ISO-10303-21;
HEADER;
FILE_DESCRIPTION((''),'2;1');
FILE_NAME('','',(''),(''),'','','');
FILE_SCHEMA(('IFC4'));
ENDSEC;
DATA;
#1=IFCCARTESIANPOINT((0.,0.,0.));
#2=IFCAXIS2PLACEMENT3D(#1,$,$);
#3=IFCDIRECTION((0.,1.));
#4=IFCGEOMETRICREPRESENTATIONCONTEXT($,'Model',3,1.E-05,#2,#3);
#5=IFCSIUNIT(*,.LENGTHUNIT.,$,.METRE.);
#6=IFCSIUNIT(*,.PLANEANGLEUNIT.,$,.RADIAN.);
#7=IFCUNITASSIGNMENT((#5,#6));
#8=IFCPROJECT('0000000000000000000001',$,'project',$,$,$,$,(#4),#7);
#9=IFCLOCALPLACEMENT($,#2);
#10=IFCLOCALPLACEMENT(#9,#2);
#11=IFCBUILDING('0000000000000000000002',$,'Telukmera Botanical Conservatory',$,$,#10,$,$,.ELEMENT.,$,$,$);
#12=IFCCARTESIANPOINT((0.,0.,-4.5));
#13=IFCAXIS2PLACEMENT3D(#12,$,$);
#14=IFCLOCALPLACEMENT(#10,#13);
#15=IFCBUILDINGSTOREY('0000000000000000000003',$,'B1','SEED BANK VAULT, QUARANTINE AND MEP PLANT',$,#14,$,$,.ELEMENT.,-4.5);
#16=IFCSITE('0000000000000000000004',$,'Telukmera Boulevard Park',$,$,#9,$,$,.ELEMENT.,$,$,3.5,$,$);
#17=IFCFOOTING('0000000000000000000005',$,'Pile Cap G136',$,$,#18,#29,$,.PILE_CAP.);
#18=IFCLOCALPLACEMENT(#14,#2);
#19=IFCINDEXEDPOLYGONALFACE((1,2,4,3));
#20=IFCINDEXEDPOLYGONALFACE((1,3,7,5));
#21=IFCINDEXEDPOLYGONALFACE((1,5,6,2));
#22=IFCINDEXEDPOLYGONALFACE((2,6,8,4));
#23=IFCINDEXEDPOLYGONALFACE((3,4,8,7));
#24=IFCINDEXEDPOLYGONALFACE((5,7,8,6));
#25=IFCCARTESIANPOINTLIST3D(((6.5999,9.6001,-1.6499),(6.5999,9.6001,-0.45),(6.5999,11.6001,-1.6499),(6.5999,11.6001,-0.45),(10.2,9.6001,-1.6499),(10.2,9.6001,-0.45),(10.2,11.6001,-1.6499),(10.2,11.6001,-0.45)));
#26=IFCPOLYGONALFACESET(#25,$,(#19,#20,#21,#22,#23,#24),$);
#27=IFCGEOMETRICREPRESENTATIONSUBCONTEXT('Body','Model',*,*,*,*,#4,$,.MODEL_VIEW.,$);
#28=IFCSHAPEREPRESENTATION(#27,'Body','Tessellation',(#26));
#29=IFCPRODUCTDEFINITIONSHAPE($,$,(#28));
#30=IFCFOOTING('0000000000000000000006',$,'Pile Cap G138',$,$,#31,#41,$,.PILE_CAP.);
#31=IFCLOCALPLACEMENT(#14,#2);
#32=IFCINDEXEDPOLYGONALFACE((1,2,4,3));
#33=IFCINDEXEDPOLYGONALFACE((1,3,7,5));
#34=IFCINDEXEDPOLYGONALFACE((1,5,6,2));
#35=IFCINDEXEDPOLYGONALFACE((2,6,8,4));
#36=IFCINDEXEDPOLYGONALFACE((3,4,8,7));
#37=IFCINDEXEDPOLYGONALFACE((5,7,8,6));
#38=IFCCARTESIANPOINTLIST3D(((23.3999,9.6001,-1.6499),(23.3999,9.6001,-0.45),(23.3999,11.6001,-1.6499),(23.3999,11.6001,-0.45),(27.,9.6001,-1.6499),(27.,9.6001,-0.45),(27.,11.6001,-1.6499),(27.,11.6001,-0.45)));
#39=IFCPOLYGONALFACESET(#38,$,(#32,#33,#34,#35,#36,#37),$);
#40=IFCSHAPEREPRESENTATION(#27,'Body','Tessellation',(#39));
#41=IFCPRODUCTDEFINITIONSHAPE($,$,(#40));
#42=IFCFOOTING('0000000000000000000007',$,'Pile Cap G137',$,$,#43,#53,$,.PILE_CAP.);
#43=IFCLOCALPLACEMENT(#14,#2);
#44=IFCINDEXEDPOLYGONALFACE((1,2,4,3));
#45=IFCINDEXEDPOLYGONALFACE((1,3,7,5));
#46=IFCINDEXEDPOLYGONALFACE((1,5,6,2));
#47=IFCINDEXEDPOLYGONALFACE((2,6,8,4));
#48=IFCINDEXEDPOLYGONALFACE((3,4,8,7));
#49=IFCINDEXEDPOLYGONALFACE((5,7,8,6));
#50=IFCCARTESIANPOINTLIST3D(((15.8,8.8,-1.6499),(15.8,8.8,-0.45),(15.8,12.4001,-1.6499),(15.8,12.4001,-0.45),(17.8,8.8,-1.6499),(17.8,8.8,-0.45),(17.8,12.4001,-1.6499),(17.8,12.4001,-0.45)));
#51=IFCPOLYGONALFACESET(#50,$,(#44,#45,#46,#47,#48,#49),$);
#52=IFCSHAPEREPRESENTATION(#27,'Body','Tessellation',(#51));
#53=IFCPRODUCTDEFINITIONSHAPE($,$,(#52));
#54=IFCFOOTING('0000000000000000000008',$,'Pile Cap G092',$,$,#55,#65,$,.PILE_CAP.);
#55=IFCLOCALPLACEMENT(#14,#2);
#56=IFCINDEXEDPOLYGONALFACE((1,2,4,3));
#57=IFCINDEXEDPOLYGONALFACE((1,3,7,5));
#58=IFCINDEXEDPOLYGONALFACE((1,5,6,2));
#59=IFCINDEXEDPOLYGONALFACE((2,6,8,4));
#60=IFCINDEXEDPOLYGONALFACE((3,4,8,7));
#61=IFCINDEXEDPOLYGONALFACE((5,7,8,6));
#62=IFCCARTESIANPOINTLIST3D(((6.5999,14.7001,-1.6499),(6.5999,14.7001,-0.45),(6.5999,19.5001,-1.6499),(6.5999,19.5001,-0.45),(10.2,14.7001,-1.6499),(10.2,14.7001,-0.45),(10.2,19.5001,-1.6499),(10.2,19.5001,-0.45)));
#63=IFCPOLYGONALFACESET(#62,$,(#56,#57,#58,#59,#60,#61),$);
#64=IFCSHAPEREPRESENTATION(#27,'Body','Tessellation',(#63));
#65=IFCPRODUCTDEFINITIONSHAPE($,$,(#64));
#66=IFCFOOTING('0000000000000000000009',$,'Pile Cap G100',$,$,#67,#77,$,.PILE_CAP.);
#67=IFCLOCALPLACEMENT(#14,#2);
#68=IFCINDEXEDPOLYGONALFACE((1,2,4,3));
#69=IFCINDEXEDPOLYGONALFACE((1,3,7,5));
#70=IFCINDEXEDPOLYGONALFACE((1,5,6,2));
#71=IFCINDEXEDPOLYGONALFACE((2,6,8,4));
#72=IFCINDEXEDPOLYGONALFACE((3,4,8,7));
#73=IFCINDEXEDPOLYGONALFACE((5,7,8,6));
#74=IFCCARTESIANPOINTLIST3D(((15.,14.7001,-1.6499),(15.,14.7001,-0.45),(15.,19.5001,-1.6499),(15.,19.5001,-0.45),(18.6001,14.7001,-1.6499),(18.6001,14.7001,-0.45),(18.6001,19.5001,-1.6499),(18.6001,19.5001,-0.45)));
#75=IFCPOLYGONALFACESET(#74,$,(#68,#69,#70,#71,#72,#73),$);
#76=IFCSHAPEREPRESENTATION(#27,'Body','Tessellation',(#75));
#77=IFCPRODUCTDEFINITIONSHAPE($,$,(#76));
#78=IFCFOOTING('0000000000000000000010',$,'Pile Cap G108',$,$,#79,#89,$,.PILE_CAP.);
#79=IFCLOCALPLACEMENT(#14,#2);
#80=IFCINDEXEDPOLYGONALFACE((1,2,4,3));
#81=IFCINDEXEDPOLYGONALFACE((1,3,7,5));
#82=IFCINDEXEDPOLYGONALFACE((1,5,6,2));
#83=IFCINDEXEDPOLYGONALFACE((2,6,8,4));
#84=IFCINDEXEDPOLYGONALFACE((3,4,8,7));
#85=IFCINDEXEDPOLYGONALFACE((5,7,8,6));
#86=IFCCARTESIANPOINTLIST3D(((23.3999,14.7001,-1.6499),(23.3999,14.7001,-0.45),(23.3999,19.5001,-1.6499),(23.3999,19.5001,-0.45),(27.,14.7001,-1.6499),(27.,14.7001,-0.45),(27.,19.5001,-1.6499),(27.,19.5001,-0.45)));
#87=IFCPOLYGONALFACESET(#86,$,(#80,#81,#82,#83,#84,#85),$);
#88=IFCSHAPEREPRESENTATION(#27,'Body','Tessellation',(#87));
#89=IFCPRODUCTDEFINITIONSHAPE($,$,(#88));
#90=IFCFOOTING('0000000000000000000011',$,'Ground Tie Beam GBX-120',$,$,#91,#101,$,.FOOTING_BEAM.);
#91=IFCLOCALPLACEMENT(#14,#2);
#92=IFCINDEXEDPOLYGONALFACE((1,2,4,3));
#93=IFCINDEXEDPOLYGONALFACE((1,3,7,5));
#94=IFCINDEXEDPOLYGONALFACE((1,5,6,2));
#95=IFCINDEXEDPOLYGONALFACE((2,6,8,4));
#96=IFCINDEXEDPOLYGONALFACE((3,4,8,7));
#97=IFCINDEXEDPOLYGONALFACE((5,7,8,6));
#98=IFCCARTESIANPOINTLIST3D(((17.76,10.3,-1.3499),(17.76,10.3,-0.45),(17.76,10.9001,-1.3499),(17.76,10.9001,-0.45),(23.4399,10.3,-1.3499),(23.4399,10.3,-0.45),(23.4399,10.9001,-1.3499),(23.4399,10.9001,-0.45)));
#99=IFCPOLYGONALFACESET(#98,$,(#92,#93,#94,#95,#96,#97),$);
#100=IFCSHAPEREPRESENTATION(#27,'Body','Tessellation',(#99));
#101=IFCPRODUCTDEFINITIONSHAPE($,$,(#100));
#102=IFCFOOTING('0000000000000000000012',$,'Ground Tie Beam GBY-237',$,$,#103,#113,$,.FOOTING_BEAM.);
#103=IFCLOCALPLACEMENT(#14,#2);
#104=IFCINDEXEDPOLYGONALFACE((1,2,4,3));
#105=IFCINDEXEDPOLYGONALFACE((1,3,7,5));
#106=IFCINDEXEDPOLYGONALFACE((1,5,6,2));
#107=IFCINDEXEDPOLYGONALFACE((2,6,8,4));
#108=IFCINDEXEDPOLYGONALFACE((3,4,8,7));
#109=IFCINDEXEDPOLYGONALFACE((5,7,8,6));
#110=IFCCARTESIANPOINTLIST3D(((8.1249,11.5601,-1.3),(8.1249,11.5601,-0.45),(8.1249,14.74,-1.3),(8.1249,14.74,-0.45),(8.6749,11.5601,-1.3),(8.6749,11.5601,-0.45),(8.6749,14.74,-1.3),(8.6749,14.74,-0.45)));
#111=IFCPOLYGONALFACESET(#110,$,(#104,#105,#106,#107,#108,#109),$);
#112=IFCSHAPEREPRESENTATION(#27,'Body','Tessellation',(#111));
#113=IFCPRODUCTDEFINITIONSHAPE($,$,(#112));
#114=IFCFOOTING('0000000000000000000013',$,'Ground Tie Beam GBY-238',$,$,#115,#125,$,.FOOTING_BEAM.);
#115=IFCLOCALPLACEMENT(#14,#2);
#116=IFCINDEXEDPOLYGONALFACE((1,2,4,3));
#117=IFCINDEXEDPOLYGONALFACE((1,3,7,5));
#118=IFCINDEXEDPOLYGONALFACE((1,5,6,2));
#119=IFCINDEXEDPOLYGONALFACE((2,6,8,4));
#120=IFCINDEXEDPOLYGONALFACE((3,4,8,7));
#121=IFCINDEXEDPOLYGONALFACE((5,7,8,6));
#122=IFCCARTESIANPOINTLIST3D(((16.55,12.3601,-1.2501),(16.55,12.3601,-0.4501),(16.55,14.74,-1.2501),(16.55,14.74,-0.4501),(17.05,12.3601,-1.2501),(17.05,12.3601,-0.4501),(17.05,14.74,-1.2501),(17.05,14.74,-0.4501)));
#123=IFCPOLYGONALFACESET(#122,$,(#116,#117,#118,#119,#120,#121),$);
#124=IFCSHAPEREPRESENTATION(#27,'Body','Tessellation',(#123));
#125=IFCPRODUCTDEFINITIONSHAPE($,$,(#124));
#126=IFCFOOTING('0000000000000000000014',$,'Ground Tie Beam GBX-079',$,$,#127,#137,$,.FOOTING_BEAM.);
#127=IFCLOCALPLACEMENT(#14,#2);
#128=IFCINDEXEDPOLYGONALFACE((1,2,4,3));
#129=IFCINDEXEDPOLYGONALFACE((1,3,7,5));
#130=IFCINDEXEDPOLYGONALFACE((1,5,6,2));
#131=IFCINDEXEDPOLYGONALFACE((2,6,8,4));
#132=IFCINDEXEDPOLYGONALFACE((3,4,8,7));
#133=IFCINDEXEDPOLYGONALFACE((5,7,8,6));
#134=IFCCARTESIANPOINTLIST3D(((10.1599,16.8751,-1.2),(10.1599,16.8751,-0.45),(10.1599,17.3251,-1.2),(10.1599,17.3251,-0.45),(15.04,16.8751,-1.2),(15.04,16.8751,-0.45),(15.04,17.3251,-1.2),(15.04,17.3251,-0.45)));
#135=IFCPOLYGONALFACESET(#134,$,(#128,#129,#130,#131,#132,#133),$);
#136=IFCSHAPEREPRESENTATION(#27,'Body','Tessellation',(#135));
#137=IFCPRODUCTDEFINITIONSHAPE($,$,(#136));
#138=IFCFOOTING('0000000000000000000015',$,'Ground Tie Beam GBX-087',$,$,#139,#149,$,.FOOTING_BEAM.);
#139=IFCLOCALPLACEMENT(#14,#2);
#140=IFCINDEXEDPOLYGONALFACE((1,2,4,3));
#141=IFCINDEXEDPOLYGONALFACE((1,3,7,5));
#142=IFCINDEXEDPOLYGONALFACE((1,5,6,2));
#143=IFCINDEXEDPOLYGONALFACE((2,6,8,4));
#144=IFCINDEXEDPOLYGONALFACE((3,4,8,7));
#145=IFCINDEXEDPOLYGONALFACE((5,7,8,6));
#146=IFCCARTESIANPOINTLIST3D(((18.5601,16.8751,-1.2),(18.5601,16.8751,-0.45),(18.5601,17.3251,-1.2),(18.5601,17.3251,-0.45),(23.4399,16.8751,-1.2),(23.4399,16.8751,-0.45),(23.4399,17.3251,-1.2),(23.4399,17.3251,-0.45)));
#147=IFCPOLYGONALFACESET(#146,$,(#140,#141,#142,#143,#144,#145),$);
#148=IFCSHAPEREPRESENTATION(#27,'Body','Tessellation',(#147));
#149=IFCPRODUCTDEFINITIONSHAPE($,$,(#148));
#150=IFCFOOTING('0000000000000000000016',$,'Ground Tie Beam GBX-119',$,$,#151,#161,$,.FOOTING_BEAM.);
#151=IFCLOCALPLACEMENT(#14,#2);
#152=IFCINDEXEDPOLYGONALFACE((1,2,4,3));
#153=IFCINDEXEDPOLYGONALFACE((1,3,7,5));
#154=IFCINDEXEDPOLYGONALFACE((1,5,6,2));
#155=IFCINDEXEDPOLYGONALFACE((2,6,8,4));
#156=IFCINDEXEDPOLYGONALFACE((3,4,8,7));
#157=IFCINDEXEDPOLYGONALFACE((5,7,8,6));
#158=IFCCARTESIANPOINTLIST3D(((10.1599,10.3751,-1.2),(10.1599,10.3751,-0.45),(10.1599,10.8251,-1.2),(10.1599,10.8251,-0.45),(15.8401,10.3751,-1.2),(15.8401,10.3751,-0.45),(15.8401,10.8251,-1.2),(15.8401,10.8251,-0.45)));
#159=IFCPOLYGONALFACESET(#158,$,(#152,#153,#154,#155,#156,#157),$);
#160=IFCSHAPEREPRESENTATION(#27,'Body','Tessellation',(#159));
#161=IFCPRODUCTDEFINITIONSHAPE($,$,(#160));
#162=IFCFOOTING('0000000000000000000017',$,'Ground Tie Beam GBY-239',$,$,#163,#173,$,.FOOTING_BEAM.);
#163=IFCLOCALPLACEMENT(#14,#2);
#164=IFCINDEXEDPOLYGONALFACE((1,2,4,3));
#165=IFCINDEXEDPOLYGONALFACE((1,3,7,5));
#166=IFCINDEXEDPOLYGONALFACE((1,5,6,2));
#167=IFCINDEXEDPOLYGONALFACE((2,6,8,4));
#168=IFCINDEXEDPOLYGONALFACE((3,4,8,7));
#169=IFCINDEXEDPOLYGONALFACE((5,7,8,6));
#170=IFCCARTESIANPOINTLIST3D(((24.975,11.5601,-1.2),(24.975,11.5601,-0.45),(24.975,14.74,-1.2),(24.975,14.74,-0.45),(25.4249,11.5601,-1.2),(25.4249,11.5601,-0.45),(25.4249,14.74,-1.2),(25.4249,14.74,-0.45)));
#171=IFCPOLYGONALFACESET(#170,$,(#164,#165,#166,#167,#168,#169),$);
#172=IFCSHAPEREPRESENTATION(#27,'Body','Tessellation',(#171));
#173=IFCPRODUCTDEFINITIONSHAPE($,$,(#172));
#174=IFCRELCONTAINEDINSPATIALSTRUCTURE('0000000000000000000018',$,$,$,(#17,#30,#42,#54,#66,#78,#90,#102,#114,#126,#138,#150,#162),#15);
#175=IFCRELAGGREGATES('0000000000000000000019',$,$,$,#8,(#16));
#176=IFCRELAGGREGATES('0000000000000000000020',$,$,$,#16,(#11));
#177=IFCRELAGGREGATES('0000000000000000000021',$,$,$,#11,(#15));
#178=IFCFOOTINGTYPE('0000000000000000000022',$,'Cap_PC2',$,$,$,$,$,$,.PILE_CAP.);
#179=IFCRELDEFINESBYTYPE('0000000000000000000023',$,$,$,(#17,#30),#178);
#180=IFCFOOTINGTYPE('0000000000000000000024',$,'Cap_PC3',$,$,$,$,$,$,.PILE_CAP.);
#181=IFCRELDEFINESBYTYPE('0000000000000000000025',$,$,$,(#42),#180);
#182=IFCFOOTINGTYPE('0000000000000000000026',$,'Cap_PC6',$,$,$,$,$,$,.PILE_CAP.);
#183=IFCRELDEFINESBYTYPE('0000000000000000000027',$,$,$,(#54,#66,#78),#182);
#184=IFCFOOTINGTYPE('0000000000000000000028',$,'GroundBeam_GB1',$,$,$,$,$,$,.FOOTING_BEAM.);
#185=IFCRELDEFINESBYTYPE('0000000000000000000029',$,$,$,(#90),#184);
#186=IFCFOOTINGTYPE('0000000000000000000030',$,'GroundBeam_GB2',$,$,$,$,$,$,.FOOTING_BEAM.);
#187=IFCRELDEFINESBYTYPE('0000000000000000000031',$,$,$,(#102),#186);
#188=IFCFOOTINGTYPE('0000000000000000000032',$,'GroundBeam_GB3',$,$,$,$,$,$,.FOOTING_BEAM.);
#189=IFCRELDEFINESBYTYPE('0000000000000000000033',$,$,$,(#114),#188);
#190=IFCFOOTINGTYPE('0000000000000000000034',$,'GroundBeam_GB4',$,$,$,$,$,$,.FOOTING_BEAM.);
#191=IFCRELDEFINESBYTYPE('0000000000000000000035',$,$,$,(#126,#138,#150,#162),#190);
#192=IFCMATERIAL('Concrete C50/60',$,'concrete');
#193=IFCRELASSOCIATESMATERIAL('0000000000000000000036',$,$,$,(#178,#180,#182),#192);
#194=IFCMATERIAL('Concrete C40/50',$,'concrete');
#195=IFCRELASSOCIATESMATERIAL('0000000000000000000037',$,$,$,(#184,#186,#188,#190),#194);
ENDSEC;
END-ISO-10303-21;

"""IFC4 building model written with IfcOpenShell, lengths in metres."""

from ifc_helpers import new_model, si_unit, direction, frame, origin, origin_2d, place, context, subcontext, project, spatial, rectangle, extrude, material, material_profile, profile_set, type_object, element, save


model = new_model("IFC4")

# Units and contexts
model_context = context("Model", 3, precision=1e-05, world=origin(), true_north=direction((0.0, 1.0)))
body_context = subcontext(model_context, "Body", "Model", "MODEL_VIEW")
ifc_project = project(units=[si_unit("LENGTHUNIT", "METRE"), si_unit("PLANEANGLEUNIT", "RADIAN")], contexts=[model_context])

# Site, building, storey
site_placement = place(None, origin())
site = spatial("IfcSite", under=ifc_project, at=site_placement, Name="Telukmera Boulevard Park", CompositionType="ELEMENT", RefElevation=3.5)
building_placement = place(site_placement, origin())
building = spatial("IfcBuilding", under=site, at=building_placement, Name="Telukmera Botanical Conservatory", CompositionType="ELEMENT")
storey_placement = place(building_placement, frame((0.0, 0.0, -4.5)))
storey = spatial("IfcBuildingStorey", under=building, at=storey_placement, Name="B1", Description="SEED BANK VAULT, QUARANTINE AND MEP PLANT", CompositionType="ELEMENT", Elevation=-4.5)

# Footings
ifc_material_1 = material(Name="Concrete C50/60", Category="concrete")
footing_type_1 = type_object("IfcFootingType", Name="Cap_PC2", PredefinedType="PILE_CAP", material=ifc_material_1)
for number, where, z_axis, x_axis, name in (
    (1, (8.3999, 10.6001, -1.6499), (0.0, 0.0, 1.0), (1.0, 0.0, 0.0), "Pile Cap G136"),
    (2, (25.2, 10.6001, -1.6499), (0.0, 0.0, 1.0), (1.0, 0.0, 0.0), "Pile Cap G138"),
):
    element("IfcFooting", number, at=place(storey_placement, frame(where, z_axis=z_axis, x_axis=x_axis)), inside=storey, type_object=footing_type_1, Name=name, PredefinedType="PILE_CAP", context=body_context, shape_type="SweptSolid", body=[
        extrude(rectangle(XDim=3.6001, YDim=2.0, at=origin_2d()), origin(), (0.0, 0.0, 1.0), 1.2),
    ])
footing_type_2 = type_object("IfcFootingType", Name="Cap_PC3", PredefinedType="PILE_CAP", material=ifc_material_1)
footing_1_placement = place(storey_placement, frame((16.8, 10.6001, -1.6499), z_axis=(0.0, 0.0, 1.0), x_axis=(1.0, 0.0, 0.0)))
element("IfcFooting", 3, at=footing_1_placement, inside=storey, type_object=footing_type_2, Name="Pile Cap G137", PredefinedType="PILE_CAP", context=body_context, shape_type="SweptSolid", body=[
    extrude(rectangle(XDim=2.0, YDim=3.6001, at=origin_2d()), origin(), (0.0, 0.0, 1.0), 1.2),
])
footing_type_3 = type_object("IfcFootingType", Name="Cap_PC6", PredefinedType="PILE_CAP", material=ifc_material_1)
for number, where, z_axis, x_axis, name in (
    (4, (8.3999, 17.1001, -1.6499), (0.0, 0.0, 1.0), (1.0, 0.0, 0.0), "Pile Cap G092"),
    (5, (16.8, 17.1001, -1.6499), (0.0, 0.0, 1.0), (1.0, 0.0, 0.0), "Pile Cap G100"),
    (6, (25.2, 17.1001, -1.6499), (0.0, 0.0, 1.0), (1.0, 0.0, 0.0), "Pile Cap G108"),
):
    element("IfcFooting", number, at=place(storey_placement, frame(where, z_axis=z_axis, x_axis=x_axis)), inside=storey, type_object=footing_type_3, Name=name, PredefinedType="PILE_CAP", context=body_context, shape_type="SweptSolid", body=[
        extrude(rectangle(XDim=3.6001, YDim=4.8, at=origin_2d()), origin(), (0.0, 0.0, 1.0), 1.2),
    ])
ifc_material_2 = material(Name="Concrete C40/50", Category="concrete")
ifc_material_profile_1 = material_profile(ifc_material_2, rectangle(XDim=0.6001, YDim=0.8999, at=origin_2d()), Name="RC 600x900")
ifc_profile_set_1 = profile_set([ifc_material_profile_1], Name="Concrete C40/50")
footing_type_4 = type_object("IfcFootingType", Name="GroundBeam_GB1", PredefinedType="FOOTING_BEAM", material=ifc_profile_set_1)
footing_2_placement = place(storey_placement, frame((17.76, 10.6001, -0.8999), z_axis=(1.0, 0.0, 0.0), x_axis=(0.0, 1.0, 0.0)))
element("IfcFooting", 7, at=footing_2_placement, inside=storey, type_object=footing_type_4, Name="Ground Tie Beam GBX-120", PredefinedType="FOOTING_BEAM", context=body_context, shape_type="SweptSolid", body=[
    extrude(rectangle(XDim=0.6001, YDim=0.8999, at=origin_2d()), origin(), (0.0, 0.0, 1.0), 5.6799),
])
ifc_material_profile_2 = material_profile(ifc_material_2, rectangle(XDim=0.55, YDim=0.8501, at=origin_2d()), Name="RC 550x850")
ifc_profile_set_2 = profile_set([ifc_material_profile_2], Name="Concrete C40/50")
footing_type_5 = type_object("IfcFootingType", Name="GroundBeam_GB2", PredefinedType="FOOTING_BEAM", material=ifc_profile_set_2)
footing_3_placement = place(storey_placement, frame((8.3999, 11.5601, -0.875), z_axis=(0.0, 1.0, 0.0), x_axis=(-1.0, 0.0, 0.0)))
element("IfcFooting", 8, at=footing_3_placement, inside=storey, type_object=footing_type_5, Name="Ground Tie Beam GBY-237", PredefinedType="FOOTING_BEAM", context=body_context, shape_type="SweptSolid", body=[
    extrude(rectangle(XDim=0.55, YDim=0.8501, at=origin_2d()), origin(), (0.0, 0.0, 1.0), 3.1799),
])
ifc_material_profile_3 = material_profile(ifc_material_2, rectangle(XDim=0.5, YDim=0.8, at=origin_2d()), Name="RC 500x800")
ifc_profile_set_3 = profile_set([ifc_material_profile_3], Name="Concrete C40/50")
footing_type_6 = type_object("IfcFootingType", Name="GroundBeam_GB3", PredefinedType="FOOTING_BEAM", material=ifc_profile_set_3)
footing_4_placement = place(storey_placement, frame((16.8, 12.3601, -0.8501), z_axis=(0.0, 1.0, 0.0), x_axis=(-1.0, 0.0, 0.0)))
element("IfcFooting", 9, at=footing_4_placement, inside=storey, type_object=footing_type_6, Name="Ground Tie Beam GBY-238", PredefinedType="FOOTING_BEAM", context=body_context, shape_type="SweptSolid", body=[
    extrude(rectangle(XDim=0.5, YDim=0.8, at=origin_2d()), origin(), (0.0, 0.0, 1.0), 2.3799),
])
ifc_material_profile_4 = material_profile(ifc_material_2, rectangle(XDim=0.45, YDim=0.75, at=origin_2d()), Name="RC 450x750")
ifc_profile_set_4 = profile_set([ifc_material_profile_4], Name="Concrete C40/50")
footing_type_7 = type_object("IfcFootingType", Name="GroundBeam_GB4", PredefinedType="FOOTING_BEAM", material=ifc_profile_set_4)
footing_5_placement = place(storey_placement, frame((10.1599, 17.1001, -0.825), z_axis=(1.0, 0.0, 0.0), x_axis=(0.0, 1.0, 0.0)))
element("IfcFooting", 10, at=footing_5_placement, inside=storey, type_object=footing_type_7, Name="Ground Tie Beam GBX-079", PredefinedType="FOOTING_BEAM", context=body_context, shape_type="SweptSolid", body=[
    extrude(rectangle(XDim=0.45, YDim=0.75, at=origin_2d()), origin(), (0.0, 0.0, 1.0), 4.8801),
])
footing_6_placement = place(storey_placement, frame((18.5601, 17.1001, -0.825), z_axis=(1.0, 0.0, 0.0), x_axis=(0.0, 1.0, 0.0)))
element("IfcFooting", 11, at=footing_6_placement, inside=storey, type_object=footing_type_7, Name="Ground Tie Beam GBX-087", PredefinedType="FOOTING_BEAM", context=body_context, shape_type="SweptSolid", body=[
    extrude(rectangle(XDim=0.45, YDim=0.75, at=origin_2d()), origin(), (0.0, 0.0, 1.0), 4.8799),
])
footing_7_placement = place(storey_placement, frame((10.1599, 10.6001, -0.825), z_axis=(1.0, 0.0, 0.0), x_axis=(0.0, 1.0, 0.0)))
element("IfcFooting", 12, at=footing_7_placement, inside=storey, type_object=footing_type_7, Name="Ground Tie Beam GBX-119", PredefinedType="FOOTING_BEAM", context=body_context, shape_type="SweptSolid", body=[
    extrude(rectangle(XDim=0.45, YDim=0.75, at=origin_2d()), origin(), (0.0, 0.0, 1.0), 5.6802),
])
footing_8_placement = place(storey_placement, frame((25.2, 11.5601, -0.825), z_axis=(0.0, 1.0, 0.0), x_axis=(-1.0, 0.0, 0.0)))
element("IfcFooting", 13, at=footing_8_placement, inside=storey, type_object=footing_type_7, Name="Ground Tie Beam GBY-239", PredefinedType="FOOTING_BEAM", context=body_context, shape_type="SweptSolid", body=[
    extrude(rectangle(XDim=0.45, YDim=0.75, at=origin_2d()), origin(), (0.0, 0.0, 1.0), 3.1799),
])

save(model, "model.ifc")
